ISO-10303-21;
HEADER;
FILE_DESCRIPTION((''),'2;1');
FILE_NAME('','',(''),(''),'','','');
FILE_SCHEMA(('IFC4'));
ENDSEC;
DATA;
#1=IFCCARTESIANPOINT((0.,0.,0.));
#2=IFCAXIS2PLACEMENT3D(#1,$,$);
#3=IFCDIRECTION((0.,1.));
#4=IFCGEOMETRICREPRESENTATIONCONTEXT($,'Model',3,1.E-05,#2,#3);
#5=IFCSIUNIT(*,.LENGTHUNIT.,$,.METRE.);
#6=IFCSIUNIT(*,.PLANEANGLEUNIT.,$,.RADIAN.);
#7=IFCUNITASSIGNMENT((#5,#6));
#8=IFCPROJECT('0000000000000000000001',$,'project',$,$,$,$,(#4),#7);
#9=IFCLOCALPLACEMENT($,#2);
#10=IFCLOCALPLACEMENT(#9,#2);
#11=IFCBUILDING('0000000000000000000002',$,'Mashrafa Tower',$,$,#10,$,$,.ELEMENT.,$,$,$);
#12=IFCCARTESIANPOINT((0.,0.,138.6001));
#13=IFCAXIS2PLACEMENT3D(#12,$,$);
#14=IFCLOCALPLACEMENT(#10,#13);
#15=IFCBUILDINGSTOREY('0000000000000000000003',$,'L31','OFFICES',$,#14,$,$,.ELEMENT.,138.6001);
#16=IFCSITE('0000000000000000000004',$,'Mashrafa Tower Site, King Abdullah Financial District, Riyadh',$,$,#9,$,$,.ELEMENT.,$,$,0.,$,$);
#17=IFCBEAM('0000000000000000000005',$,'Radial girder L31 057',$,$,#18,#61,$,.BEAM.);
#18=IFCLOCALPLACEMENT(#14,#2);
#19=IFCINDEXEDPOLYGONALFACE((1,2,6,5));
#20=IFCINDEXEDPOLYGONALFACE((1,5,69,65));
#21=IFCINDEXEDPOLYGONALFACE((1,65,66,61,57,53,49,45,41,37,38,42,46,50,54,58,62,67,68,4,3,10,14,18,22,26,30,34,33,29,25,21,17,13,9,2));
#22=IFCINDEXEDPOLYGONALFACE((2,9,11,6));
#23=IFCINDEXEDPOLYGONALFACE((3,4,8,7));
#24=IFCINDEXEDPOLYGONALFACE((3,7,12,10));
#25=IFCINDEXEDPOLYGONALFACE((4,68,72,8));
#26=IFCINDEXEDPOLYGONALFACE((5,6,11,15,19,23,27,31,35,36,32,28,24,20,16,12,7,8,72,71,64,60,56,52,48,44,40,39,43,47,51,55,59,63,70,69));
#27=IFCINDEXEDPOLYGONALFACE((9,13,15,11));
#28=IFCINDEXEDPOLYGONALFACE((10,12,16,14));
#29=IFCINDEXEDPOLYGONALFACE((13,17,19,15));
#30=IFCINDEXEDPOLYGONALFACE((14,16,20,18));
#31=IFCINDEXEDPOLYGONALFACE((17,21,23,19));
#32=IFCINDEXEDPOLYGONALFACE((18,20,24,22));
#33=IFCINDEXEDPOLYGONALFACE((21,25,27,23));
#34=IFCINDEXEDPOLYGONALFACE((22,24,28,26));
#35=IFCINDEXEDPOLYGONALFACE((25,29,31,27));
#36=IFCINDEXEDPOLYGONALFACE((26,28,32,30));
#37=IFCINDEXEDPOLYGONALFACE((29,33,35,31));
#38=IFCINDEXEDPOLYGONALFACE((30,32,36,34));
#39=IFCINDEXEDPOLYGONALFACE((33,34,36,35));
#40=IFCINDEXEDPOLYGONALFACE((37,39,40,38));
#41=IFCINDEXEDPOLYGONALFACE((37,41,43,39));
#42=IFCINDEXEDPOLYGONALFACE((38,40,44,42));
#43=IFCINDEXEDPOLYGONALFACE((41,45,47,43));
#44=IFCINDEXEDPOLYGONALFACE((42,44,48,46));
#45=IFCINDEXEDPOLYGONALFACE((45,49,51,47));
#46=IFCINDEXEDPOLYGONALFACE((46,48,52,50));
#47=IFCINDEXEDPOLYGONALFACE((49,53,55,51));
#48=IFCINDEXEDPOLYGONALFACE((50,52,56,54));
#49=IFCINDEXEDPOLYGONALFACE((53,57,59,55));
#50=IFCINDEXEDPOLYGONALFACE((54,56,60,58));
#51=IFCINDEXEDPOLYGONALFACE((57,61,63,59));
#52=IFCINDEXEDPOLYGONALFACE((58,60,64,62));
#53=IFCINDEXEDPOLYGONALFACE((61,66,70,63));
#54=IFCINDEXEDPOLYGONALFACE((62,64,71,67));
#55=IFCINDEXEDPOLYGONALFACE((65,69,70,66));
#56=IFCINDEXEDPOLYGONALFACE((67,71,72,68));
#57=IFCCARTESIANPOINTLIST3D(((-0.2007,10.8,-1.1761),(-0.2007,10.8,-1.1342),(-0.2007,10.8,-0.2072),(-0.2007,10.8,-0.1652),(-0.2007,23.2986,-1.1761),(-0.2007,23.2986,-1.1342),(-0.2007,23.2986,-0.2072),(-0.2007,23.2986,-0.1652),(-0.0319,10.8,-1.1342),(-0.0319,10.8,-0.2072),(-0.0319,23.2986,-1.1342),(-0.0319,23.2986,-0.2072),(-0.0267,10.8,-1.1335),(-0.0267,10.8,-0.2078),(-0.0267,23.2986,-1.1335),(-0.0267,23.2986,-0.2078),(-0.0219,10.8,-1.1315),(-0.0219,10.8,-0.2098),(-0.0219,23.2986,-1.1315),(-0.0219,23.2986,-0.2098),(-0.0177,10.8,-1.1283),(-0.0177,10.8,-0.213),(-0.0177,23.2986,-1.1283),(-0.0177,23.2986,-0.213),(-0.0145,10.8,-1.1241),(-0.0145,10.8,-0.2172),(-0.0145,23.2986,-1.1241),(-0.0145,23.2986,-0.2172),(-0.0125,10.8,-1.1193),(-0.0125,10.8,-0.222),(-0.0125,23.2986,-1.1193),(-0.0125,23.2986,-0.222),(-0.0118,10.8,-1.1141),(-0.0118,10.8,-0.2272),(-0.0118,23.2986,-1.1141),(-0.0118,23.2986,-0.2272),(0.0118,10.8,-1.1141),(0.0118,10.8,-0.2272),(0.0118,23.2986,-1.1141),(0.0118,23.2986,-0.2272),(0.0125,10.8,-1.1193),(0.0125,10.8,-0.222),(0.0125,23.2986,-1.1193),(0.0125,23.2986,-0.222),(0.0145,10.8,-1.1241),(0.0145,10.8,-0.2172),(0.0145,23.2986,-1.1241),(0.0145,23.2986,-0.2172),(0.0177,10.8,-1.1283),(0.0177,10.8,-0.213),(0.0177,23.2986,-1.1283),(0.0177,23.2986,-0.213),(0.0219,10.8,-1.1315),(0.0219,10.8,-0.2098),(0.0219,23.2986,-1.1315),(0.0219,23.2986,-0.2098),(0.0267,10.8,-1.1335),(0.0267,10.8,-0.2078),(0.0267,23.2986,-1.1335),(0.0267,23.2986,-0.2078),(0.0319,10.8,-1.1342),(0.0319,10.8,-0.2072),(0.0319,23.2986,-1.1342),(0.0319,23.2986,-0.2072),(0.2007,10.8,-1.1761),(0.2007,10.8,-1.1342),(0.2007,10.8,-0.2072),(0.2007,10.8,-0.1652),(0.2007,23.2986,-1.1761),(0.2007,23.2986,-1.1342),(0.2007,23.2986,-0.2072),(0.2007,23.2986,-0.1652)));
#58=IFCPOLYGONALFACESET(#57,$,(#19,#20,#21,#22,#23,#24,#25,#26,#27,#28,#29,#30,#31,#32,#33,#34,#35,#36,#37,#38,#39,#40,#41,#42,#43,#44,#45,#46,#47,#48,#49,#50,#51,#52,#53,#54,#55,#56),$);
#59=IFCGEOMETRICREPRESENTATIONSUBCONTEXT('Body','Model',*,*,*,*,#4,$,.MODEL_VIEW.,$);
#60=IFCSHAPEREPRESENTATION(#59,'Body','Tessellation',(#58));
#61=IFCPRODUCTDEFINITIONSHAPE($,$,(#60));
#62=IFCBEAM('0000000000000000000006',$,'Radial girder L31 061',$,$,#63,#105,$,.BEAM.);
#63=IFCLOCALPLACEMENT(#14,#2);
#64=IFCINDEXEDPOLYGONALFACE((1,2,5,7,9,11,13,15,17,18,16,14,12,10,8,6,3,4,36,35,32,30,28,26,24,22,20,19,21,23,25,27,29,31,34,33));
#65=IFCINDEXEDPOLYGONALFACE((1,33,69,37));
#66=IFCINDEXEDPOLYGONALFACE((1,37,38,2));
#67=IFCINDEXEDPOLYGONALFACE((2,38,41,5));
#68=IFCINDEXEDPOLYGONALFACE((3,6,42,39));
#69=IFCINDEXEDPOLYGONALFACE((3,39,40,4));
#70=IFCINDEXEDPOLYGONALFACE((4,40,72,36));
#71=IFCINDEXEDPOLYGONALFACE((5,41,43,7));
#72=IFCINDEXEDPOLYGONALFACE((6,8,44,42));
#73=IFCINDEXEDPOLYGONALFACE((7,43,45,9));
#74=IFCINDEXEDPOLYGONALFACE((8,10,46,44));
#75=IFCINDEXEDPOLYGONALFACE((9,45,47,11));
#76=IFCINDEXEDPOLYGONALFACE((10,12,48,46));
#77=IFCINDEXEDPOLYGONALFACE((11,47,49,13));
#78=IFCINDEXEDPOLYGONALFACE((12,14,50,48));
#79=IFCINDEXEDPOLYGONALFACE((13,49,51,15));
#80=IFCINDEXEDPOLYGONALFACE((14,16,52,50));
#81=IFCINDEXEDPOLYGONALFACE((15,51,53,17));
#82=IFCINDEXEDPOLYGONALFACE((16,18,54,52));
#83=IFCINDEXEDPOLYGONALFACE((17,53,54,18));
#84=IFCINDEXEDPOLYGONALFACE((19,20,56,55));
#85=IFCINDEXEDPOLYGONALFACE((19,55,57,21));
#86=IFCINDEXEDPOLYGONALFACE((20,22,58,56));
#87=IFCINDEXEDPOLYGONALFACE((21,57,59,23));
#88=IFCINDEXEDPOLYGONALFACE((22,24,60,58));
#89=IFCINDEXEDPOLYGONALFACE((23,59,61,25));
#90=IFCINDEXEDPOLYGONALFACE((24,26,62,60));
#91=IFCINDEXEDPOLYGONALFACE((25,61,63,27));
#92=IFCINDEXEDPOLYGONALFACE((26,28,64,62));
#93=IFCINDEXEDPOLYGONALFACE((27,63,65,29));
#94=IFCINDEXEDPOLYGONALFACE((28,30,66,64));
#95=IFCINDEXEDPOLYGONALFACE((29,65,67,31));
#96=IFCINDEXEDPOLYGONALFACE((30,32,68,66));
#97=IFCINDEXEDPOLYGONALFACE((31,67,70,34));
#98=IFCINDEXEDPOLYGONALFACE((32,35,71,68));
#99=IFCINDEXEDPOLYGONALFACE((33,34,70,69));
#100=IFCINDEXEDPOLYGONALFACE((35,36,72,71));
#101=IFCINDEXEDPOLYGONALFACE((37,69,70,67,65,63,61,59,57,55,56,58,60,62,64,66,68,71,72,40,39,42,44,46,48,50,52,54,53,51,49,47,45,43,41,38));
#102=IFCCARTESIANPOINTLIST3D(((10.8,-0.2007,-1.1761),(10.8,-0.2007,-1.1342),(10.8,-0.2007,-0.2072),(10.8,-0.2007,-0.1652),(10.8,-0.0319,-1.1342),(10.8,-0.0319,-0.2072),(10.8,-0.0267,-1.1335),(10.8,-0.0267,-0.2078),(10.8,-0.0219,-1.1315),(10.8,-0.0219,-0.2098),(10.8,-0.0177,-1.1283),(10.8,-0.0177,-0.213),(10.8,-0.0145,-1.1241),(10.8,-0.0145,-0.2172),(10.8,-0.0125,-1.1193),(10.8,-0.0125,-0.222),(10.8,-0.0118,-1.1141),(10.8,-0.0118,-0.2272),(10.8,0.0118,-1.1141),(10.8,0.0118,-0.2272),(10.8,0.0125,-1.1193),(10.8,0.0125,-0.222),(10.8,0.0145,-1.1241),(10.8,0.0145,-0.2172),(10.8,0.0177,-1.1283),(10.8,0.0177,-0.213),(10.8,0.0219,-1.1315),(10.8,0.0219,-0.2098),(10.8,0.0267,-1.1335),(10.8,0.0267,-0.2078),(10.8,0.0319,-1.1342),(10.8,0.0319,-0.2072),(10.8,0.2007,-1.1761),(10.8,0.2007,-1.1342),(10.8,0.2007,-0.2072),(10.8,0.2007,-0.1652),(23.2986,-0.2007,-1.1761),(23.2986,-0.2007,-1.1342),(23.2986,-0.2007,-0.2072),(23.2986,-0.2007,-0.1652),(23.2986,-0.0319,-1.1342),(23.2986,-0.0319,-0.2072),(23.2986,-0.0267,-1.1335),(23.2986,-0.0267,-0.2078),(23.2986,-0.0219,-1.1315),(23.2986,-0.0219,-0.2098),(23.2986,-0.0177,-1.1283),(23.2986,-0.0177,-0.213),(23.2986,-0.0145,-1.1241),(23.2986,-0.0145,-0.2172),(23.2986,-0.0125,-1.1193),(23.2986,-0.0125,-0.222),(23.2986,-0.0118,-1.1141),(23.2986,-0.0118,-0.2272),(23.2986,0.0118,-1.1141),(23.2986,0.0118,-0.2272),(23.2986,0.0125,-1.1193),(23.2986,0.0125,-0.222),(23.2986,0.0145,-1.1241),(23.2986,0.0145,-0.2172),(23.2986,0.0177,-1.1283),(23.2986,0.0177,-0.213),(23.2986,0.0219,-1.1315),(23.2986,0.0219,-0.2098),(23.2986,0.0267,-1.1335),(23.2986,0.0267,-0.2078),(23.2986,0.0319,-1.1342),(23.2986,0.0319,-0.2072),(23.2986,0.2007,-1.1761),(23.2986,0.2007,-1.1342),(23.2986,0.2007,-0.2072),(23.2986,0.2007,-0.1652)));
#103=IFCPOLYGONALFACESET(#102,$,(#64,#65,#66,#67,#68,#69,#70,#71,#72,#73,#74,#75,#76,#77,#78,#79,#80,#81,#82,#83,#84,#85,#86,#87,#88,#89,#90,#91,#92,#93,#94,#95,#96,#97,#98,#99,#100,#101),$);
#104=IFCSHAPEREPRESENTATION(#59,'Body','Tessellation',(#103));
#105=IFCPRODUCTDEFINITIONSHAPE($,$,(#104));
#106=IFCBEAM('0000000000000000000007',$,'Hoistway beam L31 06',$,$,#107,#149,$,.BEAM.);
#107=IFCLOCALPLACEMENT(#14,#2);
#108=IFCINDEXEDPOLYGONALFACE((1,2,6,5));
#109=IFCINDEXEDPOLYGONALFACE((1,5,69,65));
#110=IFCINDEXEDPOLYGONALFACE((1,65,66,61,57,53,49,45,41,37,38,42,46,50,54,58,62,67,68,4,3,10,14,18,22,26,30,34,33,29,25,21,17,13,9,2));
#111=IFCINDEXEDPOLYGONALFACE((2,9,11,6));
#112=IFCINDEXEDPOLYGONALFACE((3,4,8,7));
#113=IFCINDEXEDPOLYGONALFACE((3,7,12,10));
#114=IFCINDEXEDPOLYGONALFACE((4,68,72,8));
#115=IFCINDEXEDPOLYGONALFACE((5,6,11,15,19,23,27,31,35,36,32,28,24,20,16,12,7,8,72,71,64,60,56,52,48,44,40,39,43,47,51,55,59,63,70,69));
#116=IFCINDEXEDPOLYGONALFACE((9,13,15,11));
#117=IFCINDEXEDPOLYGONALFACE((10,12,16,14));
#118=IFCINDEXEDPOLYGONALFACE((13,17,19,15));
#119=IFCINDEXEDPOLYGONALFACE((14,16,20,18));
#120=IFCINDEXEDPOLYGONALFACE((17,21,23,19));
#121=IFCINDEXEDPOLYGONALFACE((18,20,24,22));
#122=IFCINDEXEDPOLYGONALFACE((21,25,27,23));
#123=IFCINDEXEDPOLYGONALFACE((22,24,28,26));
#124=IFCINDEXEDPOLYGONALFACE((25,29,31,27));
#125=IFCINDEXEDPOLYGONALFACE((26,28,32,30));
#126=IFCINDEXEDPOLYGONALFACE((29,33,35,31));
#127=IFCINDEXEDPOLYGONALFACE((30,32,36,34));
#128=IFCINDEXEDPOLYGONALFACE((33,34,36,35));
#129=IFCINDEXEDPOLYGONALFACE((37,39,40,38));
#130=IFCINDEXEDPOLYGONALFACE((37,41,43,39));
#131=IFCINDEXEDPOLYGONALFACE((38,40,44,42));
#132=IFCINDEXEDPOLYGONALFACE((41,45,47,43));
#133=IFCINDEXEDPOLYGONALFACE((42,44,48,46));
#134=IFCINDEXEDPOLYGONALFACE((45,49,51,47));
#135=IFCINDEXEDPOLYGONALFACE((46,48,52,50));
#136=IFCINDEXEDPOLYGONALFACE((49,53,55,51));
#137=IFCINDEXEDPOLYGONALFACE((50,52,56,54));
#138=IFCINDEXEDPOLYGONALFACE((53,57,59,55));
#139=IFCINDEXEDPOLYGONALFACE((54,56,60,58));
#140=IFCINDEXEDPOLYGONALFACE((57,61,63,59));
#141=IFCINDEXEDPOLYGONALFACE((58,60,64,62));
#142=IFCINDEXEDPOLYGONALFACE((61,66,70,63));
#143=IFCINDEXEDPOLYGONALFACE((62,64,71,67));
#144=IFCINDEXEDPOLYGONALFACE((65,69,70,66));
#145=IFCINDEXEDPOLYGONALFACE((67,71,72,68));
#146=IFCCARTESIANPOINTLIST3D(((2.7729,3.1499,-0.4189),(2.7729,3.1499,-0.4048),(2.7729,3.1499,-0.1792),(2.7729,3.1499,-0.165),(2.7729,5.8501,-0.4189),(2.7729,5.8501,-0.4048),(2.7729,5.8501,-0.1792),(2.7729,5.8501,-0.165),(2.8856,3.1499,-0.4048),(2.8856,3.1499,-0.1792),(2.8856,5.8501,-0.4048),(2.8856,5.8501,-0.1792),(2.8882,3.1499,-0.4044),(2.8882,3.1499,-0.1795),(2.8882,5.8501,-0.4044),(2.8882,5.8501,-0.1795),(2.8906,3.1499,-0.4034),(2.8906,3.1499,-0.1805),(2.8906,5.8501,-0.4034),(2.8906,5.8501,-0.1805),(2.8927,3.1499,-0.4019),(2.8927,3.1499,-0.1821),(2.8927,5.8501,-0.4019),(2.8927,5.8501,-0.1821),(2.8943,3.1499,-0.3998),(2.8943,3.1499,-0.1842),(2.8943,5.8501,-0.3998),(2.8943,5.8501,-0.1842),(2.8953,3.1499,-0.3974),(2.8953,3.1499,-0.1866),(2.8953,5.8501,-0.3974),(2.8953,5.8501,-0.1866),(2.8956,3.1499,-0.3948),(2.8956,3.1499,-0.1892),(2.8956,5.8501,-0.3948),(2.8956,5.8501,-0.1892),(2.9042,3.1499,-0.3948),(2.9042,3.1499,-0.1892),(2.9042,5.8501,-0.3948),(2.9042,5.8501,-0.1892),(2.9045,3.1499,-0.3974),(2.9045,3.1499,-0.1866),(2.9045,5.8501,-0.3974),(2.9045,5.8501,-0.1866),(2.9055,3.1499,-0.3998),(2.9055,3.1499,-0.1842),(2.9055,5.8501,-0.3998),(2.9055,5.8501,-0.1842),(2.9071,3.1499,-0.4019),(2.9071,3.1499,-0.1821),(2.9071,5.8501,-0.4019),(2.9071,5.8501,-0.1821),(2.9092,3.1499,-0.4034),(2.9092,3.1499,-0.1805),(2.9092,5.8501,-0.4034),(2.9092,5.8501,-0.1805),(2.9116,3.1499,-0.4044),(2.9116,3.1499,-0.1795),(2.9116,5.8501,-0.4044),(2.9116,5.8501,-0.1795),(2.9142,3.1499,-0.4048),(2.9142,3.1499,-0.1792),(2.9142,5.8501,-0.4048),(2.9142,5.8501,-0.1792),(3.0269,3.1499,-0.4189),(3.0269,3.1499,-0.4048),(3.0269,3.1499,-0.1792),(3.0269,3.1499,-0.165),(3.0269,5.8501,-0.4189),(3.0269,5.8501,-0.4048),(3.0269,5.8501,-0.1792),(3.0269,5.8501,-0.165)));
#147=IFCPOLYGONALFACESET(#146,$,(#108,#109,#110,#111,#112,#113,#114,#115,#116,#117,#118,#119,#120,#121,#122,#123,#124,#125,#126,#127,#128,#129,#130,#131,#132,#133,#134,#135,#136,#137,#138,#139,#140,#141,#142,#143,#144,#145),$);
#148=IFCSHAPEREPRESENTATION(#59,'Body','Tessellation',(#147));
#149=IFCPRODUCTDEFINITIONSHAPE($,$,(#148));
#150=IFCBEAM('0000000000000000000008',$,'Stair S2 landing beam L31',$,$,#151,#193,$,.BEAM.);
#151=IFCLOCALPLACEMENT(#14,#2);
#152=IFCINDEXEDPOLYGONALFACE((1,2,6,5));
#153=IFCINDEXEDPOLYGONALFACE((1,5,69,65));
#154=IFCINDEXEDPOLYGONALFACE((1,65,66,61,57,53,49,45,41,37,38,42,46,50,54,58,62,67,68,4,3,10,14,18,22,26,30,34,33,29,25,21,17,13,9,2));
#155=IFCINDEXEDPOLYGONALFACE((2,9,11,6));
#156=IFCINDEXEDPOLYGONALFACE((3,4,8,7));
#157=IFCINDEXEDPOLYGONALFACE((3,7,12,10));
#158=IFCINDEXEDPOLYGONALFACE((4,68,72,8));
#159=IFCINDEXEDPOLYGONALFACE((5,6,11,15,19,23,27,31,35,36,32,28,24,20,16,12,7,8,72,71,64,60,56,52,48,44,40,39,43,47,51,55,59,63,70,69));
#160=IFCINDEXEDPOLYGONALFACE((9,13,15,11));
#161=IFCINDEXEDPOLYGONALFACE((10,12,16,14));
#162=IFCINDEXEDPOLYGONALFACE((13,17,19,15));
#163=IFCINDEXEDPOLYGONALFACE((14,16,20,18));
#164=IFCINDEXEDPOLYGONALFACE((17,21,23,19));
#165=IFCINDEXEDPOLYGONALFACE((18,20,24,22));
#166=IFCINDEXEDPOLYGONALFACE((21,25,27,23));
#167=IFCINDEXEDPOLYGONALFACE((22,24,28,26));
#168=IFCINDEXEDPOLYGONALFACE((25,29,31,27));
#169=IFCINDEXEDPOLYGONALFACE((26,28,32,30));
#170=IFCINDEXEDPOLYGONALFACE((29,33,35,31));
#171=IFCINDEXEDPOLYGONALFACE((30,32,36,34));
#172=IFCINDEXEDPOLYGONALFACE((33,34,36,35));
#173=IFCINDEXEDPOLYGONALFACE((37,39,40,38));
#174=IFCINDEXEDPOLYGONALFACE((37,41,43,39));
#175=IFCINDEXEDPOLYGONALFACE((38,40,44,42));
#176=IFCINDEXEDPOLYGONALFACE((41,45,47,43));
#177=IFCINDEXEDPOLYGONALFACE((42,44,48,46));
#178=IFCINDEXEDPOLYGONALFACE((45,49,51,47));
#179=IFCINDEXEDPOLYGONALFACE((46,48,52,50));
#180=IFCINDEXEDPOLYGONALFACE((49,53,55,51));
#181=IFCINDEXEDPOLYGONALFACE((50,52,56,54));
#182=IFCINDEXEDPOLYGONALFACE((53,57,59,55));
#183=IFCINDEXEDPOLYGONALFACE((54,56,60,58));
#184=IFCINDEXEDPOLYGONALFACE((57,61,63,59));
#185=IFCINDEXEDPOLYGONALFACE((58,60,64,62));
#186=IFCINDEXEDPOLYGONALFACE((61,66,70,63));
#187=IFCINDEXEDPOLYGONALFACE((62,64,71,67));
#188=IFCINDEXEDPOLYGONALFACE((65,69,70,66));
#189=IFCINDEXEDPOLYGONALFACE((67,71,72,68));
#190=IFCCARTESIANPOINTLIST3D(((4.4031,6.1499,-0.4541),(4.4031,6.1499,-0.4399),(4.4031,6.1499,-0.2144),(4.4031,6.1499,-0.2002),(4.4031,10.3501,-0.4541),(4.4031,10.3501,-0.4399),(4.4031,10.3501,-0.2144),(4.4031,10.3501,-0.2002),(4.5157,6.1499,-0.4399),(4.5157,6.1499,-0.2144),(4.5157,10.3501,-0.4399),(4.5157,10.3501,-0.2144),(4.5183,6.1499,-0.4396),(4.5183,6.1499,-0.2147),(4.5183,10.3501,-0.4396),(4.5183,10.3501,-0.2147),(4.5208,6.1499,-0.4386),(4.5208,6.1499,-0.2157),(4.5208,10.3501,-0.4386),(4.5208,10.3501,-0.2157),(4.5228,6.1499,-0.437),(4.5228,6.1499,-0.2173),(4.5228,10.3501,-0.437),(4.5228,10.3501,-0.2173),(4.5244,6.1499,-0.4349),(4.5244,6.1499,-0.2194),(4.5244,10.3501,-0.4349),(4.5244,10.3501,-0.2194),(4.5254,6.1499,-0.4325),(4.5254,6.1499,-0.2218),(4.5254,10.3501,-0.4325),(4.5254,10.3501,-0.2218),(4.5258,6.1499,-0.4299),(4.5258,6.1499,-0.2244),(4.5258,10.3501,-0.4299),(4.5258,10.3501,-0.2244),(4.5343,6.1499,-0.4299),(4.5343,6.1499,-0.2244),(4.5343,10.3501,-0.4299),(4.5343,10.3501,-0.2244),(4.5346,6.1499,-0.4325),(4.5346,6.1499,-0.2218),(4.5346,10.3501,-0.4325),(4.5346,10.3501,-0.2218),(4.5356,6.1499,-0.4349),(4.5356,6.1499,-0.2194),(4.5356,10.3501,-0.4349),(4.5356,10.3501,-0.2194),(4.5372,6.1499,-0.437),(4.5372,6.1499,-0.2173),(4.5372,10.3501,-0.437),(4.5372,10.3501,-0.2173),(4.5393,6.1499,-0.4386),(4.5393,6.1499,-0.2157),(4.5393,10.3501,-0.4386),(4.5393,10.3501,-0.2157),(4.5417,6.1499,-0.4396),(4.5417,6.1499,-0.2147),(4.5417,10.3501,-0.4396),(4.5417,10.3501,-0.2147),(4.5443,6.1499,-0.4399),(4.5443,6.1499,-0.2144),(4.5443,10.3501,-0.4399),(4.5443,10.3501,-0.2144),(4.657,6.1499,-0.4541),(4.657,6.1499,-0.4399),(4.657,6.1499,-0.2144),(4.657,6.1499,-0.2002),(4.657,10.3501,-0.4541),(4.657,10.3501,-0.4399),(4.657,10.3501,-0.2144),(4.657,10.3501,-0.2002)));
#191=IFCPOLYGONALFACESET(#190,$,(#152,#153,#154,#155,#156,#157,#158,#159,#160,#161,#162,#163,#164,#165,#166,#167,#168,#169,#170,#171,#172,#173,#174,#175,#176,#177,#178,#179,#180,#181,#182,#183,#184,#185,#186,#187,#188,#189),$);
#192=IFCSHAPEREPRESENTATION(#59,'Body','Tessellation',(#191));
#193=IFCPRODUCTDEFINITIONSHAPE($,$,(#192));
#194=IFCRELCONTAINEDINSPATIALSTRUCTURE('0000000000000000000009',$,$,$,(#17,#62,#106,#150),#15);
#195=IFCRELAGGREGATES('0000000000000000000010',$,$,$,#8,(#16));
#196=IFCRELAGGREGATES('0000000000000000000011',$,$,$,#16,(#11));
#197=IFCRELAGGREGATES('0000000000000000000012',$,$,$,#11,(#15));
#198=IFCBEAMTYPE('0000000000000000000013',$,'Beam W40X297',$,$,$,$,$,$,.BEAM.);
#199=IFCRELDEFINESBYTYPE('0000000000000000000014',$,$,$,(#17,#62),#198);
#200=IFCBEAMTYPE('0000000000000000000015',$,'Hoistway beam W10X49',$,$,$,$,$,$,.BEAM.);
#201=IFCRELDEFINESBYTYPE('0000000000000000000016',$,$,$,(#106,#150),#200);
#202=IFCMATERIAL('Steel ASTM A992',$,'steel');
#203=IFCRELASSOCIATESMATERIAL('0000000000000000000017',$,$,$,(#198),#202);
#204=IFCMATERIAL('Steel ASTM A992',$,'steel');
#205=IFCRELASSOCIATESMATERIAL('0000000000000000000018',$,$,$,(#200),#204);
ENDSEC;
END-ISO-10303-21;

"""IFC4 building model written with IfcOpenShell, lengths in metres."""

from ifc_helpers import new_model, si_unit, direction, frame, origin, origin_2d, place, context, subcontext, project, spatial, i_section, extrude, material, material_profile, profile_set, type_object, element, save


model = new_model("IFC4")

# Units and contexts
model_context = context("Model", 3, precision=1e-05, world=origin(), true_north=direction((0.0, 1.0)))
body_context = subcontext(model_context, "Body", "Model", "MODEL_VIEW")
ifc_project = project(units=[si_unit("LENGTHUNIT", "METRE"), si_unit("PLANEANGLEUNIT", "RADIAN")], contexts=[model_context])

# Site, building, storey
site_placement = place(None, origin())
site = spatial("IfcSite", under=ifc_project, at=site_placement, Name="Mashrafa Tower Site, King Abdullah Financial District, Riyadh", CompositionType="ELEMENT", RefElevation=0.0)
building_placement = place(site_placement, origin())
building = spatial("IfcBuilding", under=site, at=building_placement, Name="Mashrafa Tower", CompositionType="ELEMENT")
storey_placement = place(building_placement, frame((0.0, 0.0, 138.6001)))
storey = spatial("IfcBuildingStorey", under=building, at=storey_placement, Name="L31", Description="OFFICES", CompositionType="ELEMENT", Elevation=138.6001)

# Beams
ifc_material_1 = material(Name="Steel ASTM A992", Category="steel")
ifc_material_profile_1 = material_profile(ifc_material_1, i_section(OverallWidth=0.4014, OverallDepth=1.011, WebThickness=0.0237, FlangeThickness=0.042, FilletRadius=0.02, at=origin_2d()), Name="W40X297")
ifc_profile_set_1 = profile_set([ifc_material_profile_1], Name="Steel ASTM A992")
beam_type_1 = type_object("IfcBeamType", Name="Beam W40X297", PredefinedType="BEAM", material=ifc_profile_set_1)
for number, where, z_axis, x_axis, name in (
    (1, (0.0, 10.8, -0.6707), (0.0, 1.0, 0.0), (-1.0, 0.0, 0.0), "Radial girder L31 057"),
    (2, (10.8, 0.0, -0.6707), (1.0, 0.0, 0.0), (0.0, 1.0, 0.0), "Radial girder L31 061"),
):
    element("IfcBeam", number, at=place(storey_placement, frame(where, z_axis=z_axis, x_axis=x_axis)), inside=storey, type_object=beam_type_1, Name=name, PredefinedType="BEAM", context=body_context, shape_type="SweptSolid", body=[
        extrude(i_section(OverallWidth=0.4014, OverallDepth=1.011, WebThickness=0.0237, FlangeThickness=0.042, FilletRadius=0.02, at=origin_2d()), origin(), (0.0, 0.0, 1.0), 12.4985),
    ])
ifc_material_2 = material(Name="Steel ASTM A992", Category="steel")
ifc_material_profile_2 = material_profile(ifc_material_2, i_section(OverallWidth=0.2539, OverallDepth=0.2539, WebThickness=0.0085, FlangeThickness=0.0142, FilletRadius=0.01, at=origin_2d()), Name="W10X49")
ifc_profile_set_2 = profile_set([ifc_material_profile_2], Name="Steel ASTM A992")
beam_type_2 = type_object("IfcBeamType", Name="Hoistway beam W10X49", PredefinedType="BEAM", material=ifc_profile_set_2)
beam_1_placement = place(storey_placement, frame((2.8999, 3.1499, -0.292), z_axis=(0.0, 1.0, 0.0), x_axis=(-1.0, 0.0, 0.0)))
element("IfcBeam", 3, at=beam_1_placement, inside=storey, type_object=beam_type_2, Name="Hoistway beam L31 06", PredefinedType="BEAM", context=body_context, shape_type="SweptSolid", body=[
    extrude(i_section(OverallWidth=0.2539, OverallDepth=0.2539, WebThickness=0.0085, FlangeThickness=0.0142, FilletRadius=0.01, at=origin_2d()), origin(), (0.0, 0.0, 1.0), 2.7002),
])
beam_2_placement = place(storey_placement, frame((4.53, 6.1499, -0.3271), z_axis=(0.0, 1.0, 0.0), x_axis=(-1.0, 0.0, 0.0)))
element("IfcBeam", 4, at=beam_2_placement, inside=storey, type_object=beam_type_2, Name="Stair S2 landing beam L31", PredefinedType="BEAM", context=body_context, shape_type="SweptSolid", body=[
    extrude(i_section(OverallWidth=0.2539, OverallDepth=0.2539, WebThickness=0.0085, FlangeThickness=0.0142, FilletRadius=0.01, at=origin_2d()), origin(), (0.0, 0.0, 1.0), 4.2002),
])

save(model, "model.ifc")
